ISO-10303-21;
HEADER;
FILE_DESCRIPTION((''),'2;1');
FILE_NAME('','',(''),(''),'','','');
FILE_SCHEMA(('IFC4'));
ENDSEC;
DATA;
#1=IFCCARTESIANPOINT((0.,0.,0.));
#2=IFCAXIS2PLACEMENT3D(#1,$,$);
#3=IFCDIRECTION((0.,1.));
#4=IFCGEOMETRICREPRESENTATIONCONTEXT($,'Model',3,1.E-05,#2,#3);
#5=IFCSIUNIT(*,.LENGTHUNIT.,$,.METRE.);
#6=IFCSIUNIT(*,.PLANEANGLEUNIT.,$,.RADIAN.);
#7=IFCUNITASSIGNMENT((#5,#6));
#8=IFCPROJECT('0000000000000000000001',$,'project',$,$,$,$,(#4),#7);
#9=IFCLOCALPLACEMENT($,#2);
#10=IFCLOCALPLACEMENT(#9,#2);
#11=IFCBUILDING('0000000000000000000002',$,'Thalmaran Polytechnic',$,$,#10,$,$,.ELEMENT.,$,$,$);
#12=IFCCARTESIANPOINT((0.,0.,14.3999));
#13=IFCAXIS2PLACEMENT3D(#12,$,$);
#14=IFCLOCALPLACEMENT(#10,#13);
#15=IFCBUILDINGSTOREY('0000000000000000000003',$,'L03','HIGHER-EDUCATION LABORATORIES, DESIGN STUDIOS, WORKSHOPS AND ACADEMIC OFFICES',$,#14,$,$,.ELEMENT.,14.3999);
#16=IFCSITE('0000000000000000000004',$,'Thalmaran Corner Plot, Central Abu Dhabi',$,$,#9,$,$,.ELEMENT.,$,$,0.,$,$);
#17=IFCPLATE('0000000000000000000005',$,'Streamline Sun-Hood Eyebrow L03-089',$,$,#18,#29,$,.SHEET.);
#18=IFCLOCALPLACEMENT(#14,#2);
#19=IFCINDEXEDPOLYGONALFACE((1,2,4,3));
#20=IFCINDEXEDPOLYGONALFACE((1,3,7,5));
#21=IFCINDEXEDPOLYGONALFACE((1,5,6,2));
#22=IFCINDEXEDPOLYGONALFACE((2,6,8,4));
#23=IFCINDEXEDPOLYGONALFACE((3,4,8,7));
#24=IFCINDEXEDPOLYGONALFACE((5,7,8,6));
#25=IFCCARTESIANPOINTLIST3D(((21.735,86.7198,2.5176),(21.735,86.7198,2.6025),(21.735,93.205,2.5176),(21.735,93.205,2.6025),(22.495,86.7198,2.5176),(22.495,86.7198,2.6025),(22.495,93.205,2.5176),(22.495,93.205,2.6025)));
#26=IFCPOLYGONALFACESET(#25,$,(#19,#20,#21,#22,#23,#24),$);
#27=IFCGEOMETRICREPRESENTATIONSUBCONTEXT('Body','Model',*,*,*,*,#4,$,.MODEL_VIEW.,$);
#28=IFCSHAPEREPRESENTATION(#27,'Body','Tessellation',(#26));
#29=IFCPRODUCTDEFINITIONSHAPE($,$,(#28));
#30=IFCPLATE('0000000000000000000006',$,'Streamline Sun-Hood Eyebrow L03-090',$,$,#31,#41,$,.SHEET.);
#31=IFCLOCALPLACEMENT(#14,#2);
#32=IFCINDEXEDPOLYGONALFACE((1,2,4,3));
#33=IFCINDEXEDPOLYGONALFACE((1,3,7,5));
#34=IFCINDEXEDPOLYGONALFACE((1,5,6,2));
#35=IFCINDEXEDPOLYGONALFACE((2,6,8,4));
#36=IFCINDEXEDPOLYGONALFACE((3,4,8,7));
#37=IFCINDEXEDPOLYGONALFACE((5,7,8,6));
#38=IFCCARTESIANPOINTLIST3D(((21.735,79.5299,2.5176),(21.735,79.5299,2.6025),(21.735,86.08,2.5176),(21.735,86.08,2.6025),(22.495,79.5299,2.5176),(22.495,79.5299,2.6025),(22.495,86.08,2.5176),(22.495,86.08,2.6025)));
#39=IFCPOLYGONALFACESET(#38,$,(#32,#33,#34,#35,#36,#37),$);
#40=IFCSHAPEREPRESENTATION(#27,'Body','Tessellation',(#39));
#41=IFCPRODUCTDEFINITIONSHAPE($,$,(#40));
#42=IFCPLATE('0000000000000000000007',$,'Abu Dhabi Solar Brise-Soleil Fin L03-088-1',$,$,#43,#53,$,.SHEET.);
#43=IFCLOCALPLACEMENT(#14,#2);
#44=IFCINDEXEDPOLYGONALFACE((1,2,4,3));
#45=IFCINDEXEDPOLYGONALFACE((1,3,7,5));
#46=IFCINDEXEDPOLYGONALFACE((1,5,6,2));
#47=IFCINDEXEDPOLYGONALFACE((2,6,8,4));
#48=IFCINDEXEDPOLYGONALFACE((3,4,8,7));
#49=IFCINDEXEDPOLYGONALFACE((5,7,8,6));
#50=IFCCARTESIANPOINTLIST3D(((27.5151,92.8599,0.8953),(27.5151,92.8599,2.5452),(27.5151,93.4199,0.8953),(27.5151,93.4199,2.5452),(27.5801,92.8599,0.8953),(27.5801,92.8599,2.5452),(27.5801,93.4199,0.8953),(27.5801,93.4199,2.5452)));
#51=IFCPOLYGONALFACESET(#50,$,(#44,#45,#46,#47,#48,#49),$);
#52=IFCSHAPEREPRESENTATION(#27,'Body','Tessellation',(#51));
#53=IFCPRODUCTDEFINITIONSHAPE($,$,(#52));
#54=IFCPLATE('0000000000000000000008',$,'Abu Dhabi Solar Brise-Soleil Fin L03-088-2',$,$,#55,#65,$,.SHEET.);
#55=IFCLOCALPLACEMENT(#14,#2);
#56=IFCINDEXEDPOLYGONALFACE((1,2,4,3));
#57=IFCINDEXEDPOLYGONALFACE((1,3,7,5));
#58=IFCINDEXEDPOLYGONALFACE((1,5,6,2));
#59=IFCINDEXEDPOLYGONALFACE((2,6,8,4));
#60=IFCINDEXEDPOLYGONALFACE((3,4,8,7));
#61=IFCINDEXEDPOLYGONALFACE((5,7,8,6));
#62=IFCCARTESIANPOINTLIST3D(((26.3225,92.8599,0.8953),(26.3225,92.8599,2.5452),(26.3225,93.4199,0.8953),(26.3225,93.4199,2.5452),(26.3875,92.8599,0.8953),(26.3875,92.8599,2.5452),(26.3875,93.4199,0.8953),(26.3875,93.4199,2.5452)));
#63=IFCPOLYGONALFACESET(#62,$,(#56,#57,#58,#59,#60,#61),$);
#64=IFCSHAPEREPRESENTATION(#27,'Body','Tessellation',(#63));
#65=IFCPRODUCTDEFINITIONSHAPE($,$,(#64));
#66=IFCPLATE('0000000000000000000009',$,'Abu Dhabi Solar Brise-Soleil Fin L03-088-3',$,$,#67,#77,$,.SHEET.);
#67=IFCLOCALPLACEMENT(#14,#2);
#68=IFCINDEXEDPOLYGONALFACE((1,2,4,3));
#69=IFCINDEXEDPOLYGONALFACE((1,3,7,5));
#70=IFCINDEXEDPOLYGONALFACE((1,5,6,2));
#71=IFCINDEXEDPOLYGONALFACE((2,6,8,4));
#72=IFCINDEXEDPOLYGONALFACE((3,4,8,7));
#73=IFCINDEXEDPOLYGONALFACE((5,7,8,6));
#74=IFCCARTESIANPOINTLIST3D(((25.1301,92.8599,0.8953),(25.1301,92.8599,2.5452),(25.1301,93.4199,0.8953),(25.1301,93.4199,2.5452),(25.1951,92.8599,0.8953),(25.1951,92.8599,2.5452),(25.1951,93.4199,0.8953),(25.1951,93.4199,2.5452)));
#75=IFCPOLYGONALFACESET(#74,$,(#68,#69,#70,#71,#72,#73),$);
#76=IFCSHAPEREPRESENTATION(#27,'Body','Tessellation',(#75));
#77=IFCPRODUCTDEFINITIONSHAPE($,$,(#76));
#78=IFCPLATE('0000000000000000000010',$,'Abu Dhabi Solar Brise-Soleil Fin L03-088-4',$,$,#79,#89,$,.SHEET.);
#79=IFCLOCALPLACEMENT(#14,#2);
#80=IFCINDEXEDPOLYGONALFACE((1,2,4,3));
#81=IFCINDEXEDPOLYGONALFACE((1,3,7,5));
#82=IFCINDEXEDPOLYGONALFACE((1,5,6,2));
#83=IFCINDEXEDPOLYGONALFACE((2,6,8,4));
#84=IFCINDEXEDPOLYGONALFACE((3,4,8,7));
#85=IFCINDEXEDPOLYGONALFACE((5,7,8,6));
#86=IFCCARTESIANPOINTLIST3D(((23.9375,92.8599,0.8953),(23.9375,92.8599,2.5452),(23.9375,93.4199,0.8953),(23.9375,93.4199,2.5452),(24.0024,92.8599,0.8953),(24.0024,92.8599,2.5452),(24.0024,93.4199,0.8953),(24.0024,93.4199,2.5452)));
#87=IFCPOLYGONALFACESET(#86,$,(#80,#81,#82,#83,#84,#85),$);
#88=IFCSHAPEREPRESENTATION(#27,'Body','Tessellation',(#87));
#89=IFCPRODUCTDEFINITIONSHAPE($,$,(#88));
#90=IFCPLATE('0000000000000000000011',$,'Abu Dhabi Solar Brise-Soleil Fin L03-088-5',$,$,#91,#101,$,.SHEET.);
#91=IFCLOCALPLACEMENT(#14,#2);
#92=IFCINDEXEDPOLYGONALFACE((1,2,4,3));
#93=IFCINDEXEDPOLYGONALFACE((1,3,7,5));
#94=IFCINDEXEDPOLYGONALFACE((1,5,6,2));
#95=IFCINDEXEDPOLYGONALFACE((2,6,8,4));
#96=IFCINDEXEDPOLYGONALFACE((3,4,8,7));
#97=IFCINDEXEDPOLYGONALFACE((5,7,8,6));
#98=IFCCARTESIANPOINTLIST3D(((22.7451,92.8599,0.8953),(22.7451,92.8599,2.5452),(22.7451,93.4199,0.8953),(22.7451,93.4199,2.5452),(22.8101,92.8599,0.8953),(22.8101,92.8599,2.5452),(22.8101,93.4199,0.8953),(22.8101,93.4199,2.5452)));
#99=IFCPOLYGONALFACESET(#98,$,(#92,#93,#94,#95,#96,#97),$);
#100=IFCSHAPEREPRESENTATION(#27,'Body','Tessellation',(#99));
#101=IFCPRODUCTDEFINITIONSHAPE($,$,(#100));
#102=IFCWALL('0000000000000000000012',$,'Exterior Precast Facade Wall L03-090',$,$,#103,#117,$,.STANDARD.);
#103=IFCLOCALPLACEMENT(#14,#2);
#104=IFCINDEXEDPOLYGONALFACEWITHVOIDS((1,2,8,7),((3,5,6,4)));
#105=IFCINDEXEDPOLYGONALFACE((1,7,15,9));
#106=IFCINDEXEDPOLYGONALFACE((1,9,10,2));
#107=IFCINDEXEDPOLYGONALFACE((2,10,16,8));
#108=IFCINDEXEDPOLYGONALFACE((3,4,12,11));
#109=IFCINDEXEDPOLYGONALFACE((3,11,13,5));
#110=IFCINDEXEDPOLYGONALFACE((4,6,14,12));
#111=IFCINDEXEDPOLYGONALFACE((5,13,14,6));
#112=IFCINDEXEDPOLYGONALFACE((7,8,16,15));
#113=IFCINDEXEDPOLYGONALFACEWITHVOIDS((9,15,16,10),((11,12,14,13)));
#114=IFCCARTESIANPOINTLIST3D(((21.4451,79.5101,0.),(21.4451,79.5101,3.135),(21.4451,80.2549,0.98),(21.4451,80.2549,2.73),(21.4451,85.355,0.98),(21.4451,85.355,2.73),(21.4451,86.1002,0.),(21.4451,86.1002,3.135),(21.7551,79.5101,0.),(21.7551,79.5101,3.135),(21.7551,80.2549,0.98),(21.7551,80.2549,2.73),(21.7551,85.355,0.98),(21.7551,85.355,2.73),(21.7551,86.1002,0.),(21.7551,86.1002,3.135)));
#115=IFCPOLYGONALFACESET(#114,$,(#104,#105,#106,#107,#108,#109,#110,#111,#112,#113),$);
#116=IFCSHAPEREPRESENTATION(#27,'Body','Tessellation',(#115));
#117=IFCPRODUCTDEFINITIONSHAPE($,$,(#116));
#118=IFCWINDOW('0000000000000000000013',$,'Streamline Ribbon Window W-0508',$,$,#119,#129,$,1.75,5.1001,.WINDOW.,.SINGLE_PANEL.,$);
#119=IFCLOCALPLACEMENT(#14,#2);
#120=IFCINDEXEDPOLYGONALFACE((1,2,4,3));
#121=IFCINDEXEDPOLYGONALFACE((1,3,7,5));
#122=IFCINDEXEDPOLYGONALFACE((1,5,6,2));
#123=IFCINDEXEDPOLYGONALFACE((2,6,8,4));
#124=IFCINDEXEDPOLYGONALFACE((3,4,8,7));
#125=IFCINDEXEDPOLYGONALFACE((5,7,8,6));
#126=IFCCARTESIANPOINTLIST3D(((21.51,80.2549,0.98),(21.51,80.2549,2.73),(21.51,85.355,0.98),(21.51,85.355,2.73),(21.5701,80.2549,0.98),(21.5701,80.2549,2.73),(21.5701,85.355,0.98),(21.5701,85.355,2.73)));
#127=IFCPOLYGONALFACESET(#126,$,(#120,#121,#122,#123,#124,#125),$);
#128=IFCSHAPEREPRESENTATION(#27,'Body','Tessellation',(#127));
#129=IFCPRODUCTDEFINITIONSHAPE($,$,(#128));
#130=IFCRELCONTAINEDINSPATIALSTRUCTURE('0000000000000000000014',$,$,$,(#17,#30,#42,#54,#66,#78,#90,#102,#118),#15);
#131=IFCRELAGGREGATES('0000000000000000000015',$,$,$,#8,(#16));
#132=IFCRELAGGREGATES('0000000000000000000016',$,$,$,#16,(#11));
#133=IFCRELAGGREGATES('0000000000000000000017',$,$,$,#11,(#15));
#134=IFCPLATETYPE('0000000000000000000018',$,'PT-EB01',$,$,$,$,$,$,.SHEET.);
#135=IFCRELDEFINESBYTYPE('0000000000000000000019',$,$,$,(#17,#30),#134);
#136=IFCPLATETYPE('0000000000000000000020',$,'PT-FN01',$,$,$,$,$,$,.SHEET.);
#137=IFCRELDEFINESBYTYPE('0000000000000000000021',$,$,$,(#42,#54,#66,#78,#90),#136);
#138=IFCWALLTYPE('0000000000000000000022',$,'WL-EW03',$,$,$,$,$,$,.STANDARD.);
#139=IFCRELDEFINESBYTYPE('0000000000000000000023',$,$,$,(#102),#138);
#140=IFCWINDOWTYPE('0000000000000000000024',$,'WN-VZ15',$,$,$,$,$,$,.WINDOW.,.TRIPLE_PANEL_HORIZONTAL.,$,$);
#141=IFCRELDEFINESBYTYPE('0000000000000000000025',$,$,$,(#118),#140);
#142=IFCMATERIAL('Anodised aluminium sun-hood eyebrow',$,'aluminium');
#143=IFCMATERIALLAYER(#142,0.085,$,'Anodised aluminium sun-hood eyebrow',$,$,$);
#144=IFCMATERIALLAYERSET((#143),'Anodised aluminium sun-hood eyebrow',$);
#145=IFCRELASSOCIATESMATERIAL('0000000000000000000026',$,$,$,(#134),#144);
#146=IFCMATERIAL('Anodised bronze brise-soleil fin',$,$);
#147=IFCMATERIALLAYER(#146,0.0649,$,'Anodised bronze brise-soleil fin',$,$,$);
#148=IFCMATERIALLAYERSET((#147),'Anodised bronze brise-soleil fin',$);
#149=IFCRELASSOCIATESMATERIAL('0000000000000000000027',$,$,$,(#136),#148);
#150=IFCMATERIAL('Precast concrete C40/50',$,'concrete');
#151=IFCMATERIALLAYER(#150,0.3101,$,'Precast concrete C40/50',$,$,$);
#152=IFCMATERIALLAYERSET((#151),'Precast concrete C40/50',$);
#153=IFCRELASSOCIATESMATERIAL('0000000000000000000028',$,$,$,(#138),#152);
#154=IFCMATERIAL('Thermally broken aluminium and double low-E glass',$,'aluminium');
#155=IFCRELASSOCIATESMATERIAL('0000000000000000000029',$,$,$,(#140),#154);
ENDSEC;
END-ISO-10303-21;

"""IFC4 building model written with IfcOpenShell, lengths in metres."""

from ifc_helpers import new_model, si_unit, direction, frame, frame_2d, origin, origin_2d, place, context, subcontext, project, spatial, rectangle, extrude, material, layer, layer_set, type_object, element, fill, save


model = new_model("IFC4")

# Units and contexts
model_context = context("Model", 3, precision=1e-05, world=origin(), true_north=direction((0.0, 1.0)))
body_context = subcontext(model_context, "Body", "Model", "MODEL_VIEW")
ifc_project = project(units=[si_unit("LENGTHUNIT", "METRE"), si_unit("PLANEANGLEUNIT", "RADIAN")], contexts=[model_context])

# Site, building, storey
site_placement = place(None, origin())
site = spatial("IfcSite", under=ifc_project, at=site_placement, Name="Thalmaran Corner Plot, Central Abu Dhabi", CompositionType="ELEMENT", RefElevation=0.0)
building_placement = place(site_placement, origin())
building = spatial("IfcBuilding", under=site, at=building_placement, Name="Thalmaran Polytechnic", CompositionType="ELEMENT")
storey_placement = place(building_placement, frame((0.0, 0.0, 14.3999)))
storey = spatial("IfcBuildingStorey", under=building, at=storey_placement, Name="L03", Description="HIGHER-EDUCATION LABORATORIES, DESIGN STUDIOS, WORKSHOPS AND ACADEMIC OFFICES", CompositionType="ELEMENT", Elevation=14.3999)

# Plates
ifc_material_1 = material(Name="Anodised aluminium sun-hood eyebrow", Category="aluminium")
ifc_layer_1 = layer(ifc_material_1, 0.085, Name="Anodised aluminium sun-hood eyebrow")
ifc_layer_set_1 = layer_set([ifc_layer_1], Name="Anodised aluminium sun-hood eyebrow")
plate_type_1 = type_object("IfcPlateType", Name="PT-EB01", PredefinedType="SHEET", material=ifc_layer_set_1)
plate_1_placement = place(storey_placement, frame((22.115, 89.9624, 2.5176), z_axis=(0.0, 0.0, 1.0), x_axis=(0.0, -1.0, 0.0)))
element("IfcPlate", 1, at=plate_1_placement, inside=storey, type_object=plate_type_1, Name="Streamline Sun-Hood Eyebrow L03-089", PredefinedType="SHEET", context=body_context, shape_type="SweptSolid", body=[
    extrude(rectangle(XDim=6.4851, YDim=0.76, at=origin_2d()), origin(), (0.0, 0.0, 1.0), 0.085),
])
plate_2_placement = place(storey_placement, frame((22.115, 82.8049, 2.5176), z_axis=(0.0, 0.0, 1.0), x_axis=(0.0, -1.0, 0.0)))
element("IfcPlate", 2, at=plate_2_placement, inside=storey, type_object=plate_type_1, Name="Streamline Sun-Hood Eyebrow L03-090", PredefinedType="SHEET", context=body_context, shape_type="SweptSolid", body=[
    extrude(rectangle(XDim=6.55, YDim=0.76, at=origin_2d()), origin(), (0.0, 0.0, 1.0), 0.085),
])
ifc_material_2 = material(Name="Anodised bronze brise-soleil fin")
ifc_layer_2 = layer(ifc_material_2, 0.0649, Name="Anodised bronze brise-soleil fin")
ifc_layer_set_2 = layer_set([ifc_layer_2], Name="Anodised bronze brise-soleil fin")
plate_type_2 = type_object("IfcPlateType", Name="PT-FN01", PredefinedType="SHEET", material=ifc_layer_set_2)
for number, where, z_axis, x_axis, name in (
    (3, (27.5476, 93.1399, 0.8953), (0.0, 0.0, 1.0), (-1.0, 0.0, 0.0), "Abu Dhabi Solar Brise-Soleil Fin L03-088-1"),
    (4, (26.355, 93.1399, 0.8953), (0.0, 0.0, 1.0), (-1.0, 0.0, 0.0), "Abu Dhabi Solar Brise-Soleil Fin L03-088-2"),
    (5, (25.1626, 93.1399, 0.8953), (0.0, 0.0, 1.0), (-1.0, 0.0, 0.0), "Abu Dhabi Solar Brise-Soleil Fin L03-088-3"),
    (6, (23.97, 93.1399, 0.8953), (0.0, 0.0, 1.0), (-1.0, 0.0, 0.0), "Abu Dhabi Solar Brise-Soleil Fin L03-088-4"),
    (7, (22.7776, 93.1399, 0.8953), (0.0, 0.0, 1.0), (-1.0, 0.0, 0.0), "Abu Dhabi Solar Brise-Soleil Fin L03-088-5"),
):
    element("IfcPlate", number, at=place(storey_placement, frame(where, z_axis=z_axis, x_axis=x_axis)), inside=storey, type_object=plate_type_2, Name=name, PredefinedType="SHEET", context=body_context, shape_type="SweptSolid", body=[
        extrude(rectangle(XDim=0.0649, YDim=0.5601, at=origin_2d()), origin(), (0.0, 0.0, 1.0), 1.6499),
    ])

# Wall, opening, window
ifc_material_3 = material(Name="Precast concrete C40/50", Category="concrete")
ifc_layer_3 = layer(ifc_material_3, 0.3101, Name="Precast concrete C40/50")
ifc_layer_set_3 = layer_set([ifc_layer_3], Name="Precast concrete C40/50")
wall_type = type_object("IfcWallType", Name="WL-EW03", PredefinedType="STANDARD", material=ifc_layer_set_3)
wall_placement = place(storey_placement, frame((21.6001, 86.1001, 0.0), z_axis=(0.0, 0.0, 1.0), x_axis=(0.0, -1.0, 0.0)))
wall = element("IfcWall", 8, at=wall_placement, inside=storey, type_object=wall_type, Name="Exterior Precast Facade Wall L03-090", PredefinedType="STANDARD", context=body_context, shape_type="SweptSolid", body=[
    extrude(rectangle(XDim=6.5901, YDim=0.3101, at=frame_2d((3.2949, 0.0))), origin(), (0.0, 0.0, 1.0), 3.135),
])
opening_placement = place(wall_placement, frame((0.7451, 0.0, 0.98)))
opening = element("IfcOpeningElement", 9, at=opening_placement, cuts=wall, PredefinedType="OPENING", context=body_context, shape_type="SweptSolid", body=[
    extrude(rectangle(XDim=5.1001, YDim=1.75, at=frame_2d((2.55, 0.875))), frame((0.0, 0.165, 0.0), z_axis=(0.0, -1.0, 0.0), x_axis=(1.0, 0.0, 0.0)), (0.0, 0.0, 1.0), 0.3301),
])
ifc_material_4 = material(Name="Thermally broken aluminium and double low-E glass", Category="aluminium")
window_type = type_object("IfcWindowType", Name="WN-VZ15", PartitioningType="TRIPLE_PANEL_HORIZONTAL", PredefinedType="WINDOW", material=ifc_material_4)
window_placement = place(opening_placement, origin())
window = element("IfcWindow", 10, at=window_placement, inside=storey, type_object=window_type, Name="Streamline Ribbon Window W-0508", OverallHeight=1.75, OverallWidth=5.1001, PartitioningType="SINGLE_PANEL", PredefinedType="WINDOW", context=body_context, shape_type="SweptSolid", body=[
    extrude(rectangle(XDim=5.1001, YDim=1.75, at=frame_2d((2.55, 0.875))), frame((0.0, -0.03, 0.0), z_axis=(0.0, -1.0, 0.0), x_axis=(1.0, 0.0, 0.0)), (0.0, 0.0, 1.0), 0.0601),
])
fill(opening, window)

save(model, "model.ifc")
